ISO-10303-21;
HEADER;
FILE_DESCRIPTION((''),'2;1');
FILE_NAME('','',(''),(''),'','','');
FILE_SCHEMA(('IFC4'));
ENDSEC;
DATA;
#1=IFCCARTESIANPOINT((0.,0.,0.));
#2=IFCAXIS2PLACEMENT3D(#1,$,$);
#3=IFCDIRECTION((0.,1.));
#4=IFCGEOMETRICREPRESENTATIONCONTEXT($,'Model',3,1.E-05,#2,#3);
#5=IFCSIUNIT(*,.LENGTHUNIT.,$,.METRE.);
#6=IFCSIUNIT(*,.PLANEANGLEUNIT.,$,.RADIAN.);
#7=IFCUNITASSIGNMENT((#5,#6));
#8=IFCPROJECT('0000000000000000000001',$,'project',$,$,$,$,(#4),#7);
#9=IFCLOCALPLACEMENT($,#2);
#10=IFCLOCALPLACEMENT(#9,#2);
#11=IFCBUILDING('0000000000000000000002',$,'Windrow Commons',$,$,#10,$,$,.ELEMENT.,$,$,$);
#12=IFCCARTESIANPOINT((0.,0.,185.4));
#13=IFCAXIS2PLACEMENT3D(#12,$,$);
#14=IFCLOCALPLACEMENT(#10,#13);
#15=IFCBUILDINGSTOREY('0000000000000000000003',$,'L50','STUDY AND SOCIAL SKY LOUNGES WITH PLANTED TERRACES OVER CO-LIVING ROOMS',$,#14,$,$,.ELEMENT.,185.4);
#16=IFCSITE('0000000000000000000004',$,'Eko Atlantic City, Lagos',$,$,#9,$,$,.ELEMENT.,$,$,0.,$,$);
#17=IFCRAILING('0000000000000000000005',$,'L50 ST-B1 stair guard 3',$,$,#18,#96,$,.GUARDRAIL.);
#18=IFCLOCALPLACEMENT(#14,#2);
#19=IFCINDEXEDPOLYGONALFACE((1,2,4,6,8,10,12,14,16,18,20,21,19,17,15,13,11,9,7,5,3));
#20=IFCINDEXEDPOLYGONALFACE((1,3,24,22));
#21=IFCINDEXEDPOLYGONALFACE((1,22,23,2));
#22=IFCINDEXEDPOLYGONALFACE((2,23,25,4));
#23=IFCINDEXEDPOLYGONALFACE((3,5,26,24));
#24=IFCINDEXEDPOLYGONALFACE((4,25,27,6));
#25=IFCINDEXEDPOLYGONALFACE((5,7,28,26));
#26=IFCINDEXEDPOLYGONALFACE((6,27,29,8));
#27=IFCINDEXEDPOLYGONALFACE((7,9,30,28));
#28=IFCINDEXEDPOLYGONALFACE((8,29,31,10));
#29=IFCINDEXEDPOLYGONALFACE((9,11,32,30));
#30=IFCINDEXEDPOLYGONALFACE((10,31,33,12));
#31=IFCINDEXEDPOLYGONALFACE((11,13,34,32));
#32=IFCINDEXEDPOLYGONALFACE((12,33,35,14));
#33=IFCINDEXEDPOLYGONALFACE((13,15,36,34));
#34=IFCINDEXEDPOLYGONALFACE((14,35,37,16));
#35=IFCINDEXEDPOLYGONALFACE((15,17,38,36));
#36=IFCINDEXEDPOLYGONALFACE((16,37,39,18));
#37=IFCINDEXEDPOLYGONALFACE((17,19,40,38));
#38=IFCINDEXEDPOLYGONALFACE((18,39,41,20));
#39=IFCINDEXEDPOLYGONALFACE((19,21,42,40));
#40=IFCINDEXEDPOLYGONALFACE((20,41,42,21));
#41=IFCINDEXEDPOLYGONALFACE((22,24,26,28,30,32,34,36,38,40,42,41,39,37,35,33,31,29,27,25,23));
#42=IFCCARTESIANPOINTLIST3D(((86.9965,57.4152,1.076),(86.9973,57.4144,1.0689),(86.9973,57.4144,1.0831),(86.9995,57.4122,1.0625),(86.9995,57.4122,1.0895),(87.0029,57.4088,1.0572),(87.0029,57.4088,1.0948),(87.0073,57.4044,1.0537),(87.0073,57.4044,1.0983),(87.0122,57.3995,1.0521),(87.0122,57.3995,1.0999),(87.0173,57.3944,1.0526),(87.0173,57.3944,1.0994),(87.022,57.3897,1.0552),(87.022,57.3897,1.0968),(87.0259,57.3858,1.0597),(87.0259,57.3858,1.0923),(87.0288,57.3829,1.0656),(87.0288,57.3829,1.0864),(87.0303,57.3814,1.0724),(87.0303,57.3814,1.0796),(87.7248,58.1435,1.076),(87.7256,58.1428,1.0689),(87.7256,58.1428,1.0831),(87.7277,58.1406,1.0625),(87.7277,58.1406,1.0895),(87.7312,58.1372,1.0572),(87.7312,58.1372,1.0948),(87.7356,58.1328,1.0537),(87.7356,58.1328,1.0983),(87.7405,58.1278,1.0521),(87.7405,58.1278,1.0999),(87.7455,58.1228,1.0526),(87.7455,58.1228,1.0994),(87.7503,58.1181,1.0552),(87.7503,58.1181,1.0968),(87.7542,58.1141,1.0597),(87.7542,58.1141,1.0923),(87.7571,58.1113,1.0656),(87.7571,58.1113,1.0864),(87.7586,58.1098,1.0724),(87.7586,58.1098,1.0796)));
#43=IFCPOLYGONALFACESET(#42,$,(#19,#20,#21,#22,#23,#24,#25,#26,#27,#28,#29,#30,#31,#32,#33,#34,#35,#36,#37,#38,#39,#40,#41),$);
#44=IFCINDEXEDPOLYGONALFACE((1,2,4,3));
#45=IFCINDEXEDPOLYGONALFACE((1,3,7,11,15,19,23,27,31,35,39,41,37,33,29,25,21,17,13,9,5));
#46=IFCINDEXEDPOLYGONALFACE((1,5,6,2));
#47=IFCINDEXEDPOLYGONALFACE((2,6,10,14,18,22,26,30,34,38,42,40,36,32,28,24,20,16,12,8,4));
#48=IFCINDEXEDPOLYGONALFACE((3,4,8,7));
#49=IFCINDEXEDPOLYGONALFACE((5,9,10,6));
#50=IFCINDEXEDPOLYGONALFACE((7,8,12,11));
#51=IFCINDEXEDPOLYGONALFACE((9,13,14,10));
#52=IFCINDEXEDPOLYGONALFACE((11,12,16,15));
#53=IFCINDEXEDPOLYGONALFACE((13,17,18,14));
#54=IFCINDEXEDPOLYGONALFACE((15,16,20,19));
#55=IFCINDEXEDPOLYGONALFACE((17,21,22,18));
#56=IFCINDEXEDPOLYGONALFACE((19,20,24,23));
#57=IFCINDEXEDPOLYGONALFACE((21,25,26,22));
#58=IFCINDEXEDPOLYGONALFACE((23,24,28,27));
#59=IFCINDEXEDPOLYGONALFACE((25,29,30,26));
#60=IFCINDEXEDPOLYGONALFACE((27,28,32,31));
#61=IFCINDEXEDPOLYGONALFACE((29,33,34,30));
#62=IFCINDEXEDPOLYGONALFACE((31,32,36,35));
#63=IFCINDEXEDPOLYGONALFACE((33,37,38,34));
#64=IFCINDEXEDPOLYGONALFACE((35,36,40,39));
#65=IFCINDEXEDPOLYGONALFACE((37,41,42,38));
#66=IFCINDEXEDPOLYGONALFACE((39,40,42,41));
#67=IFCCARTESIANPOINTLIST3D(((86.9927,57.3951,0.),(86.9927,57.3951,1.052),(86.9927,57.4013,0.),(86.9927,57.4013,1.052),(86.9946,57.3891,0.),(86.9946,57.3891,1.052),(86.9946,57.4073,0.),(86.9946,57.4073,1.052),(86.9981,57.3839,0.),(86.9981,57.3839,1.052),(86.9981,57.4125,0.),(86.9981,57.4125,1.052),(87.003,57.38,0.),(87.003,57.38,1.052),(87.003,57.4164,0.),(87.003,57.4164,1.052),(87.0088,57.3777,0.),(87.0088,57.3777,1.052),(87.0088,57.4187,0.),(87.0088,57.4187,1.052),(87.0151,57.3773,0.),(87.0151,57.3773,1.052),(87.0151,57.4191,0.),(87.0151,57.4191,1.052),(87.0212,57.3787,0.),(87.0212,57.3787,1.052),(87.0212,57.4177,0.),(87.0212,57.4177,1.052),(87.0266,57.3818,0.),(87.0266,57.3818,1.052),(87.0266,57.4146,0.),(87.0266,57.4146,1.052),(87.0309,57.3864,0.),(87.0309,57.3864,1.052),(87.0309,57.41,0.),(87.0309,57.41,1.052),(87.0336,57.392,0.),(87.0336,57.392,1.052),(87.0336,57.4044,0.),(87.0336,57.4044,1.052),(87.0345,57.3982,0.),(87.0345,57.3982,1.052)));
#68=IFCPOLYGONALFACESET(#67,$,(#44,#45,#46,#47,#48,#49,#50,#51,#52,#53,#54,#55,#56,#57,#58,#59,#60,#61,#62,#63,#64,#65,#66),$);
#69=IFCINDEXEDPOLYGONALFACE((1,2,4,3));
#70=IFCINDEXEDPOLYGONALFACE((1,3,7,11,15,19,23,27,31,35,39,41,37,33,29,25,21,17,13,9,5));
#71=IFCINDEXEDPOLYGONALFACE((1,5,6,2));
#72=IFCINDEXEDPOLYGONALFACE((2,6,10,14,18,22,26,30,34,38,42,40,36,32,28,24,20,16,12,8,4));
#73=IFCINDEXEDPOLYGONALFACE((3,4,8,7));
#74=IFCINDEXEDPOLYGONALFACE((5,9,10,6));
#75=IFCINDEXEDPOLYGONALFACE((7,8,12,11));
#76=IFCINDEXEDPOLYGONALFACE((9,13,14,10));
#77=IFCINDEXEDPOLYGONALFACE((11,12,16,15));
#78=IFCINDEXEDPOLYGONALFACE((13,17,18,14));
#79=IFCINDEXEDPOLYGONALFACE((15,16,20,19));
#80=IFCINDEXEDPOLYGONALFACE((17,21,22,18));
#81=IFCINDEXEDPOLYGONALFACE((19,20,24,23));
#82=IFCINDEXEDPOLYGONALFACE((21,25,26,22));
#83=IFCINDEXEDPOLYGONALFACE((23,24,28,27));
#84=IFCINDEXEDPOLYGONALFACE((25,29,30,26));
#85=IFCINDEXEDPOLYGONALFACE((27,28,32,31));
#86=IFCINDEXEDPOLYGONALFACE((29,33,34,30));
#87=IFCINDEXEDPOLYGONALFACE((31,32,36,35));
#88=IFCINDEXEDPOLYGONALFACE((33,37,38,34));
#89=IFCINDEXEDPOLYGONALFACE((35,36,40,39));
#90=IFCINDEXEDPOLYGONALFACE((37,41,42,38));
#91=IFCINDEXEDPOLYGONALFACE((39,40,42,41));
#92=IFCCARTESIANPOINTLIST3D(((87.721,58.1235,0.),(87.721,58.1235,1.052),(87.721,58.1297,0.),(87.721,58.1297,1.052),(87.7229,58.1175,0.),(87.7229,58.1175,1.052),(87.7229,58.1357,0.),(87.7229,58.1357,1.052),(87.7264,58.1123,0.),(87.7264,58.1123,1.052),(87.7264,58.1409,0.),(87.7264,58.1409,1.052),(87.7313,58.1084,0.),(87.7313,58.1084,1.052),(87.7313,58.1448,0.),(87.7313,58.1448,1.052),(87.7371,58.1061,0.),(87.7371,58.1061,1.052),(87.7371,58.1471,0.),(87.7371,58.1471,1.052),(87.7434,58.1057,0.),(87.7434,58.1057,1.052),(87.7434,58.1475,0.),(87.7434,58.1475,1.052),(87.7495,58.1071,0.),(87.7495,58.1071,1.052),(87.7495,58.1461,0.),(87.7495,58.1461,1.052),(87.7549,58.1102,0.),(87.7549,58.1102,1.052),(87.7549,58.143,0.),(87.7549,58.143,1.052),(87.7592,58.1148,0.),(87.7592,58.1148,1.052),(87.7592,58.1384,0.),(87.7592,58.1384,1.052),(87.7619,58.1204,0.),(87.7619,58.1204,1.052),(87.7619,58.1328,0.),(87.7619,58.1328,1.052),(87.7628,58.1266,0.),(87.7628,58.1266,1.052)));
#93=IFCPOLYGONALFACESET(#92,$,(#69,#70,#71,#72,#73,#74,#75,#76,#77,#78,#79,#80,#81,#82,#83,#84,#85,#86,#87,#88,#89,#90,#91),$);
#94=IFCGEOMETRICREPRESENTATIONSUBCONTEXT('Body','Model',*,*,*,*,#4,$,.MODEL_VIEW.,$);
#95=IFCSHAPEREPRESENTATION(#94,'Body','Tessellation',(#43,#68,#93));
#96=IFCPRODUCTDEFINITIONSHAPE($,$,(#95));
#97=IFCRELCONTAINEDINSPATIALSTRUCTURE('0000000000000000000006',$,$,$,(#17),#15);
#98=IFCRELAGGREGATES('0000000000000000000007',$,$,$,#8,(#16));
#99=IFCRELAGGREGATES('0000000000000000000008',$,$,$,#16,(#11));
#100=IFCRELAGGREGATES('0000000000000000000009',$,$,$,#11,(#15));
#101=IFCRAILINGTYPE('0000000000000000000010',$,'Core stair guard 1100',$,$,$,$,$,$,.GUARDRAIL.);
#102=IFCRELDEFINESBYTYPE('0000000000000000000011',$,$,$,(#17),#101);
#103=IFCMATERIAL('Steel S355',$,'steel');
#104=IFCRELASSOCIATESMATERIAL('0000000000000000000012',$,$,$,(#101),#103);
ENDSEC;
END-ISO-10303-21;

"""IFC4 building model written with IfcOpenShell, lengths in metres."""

from ifc_helpers import new_model, si_unit, direction, frame, origin, origin_2d, place, context, subcontext, project, spatial, circle, extrude, material, type_object, element, save


model = new_model("IFC4")

# Units and contexts
model_context = context("Model", 3, precision=1e-05, world=origin(), true_north=direction((0.0, 1.0)))
body_context = subcontext(model_context, "Body", "Model", "MODEL_VIEW")
ifc_project = project(units=[si_unit("LENGTHUNIT", "METRE"), si_unit("PLANEANGLEUNIT", "RADIAN")], contexts=[model_context])

# Site, building, storey
site_placement = place(None, origin())
site = spatial("IfcSite", under=ifc_project, at=site_placement, Name="Eko Atlantic City, Lagos", CompositionType="ELEMENT", RefElevation=0.0)
building_placement = place(site_placement, origin())
building = spatial("IfcBuilding", under=site, at=building_placement, Name="Windrow Commons", CompositionType="ELEMENT")
storey_placement = place(building_placement, frame((0.0, 0.0, 185.4)))
storey = spatial("IfcBuildingStorey", under=building, at=storey_placement, Name="L50", Description="STUDY AND SOCIAL SKY LOUNGES WITH PLANTED TERRACES OVER CO-LIVING ROOMS", CompositionType="ELEMENT", Elevation=185.4)

# Railing
ifc_material_1 = material(Name="Steel S355", Category="steel")
railing_type_1 = type_object("IfcRailingType", Name="Core stair guard 1100", PredefinedType="GUARDRAIL", material=ifc_material_1)
railing_1_placement = place(storey_placement, frame((87.0135, 57.3982, 0.0)))
element("IfcRailing", 1, at=railing_1_placement, inside=storey, type_object=railing_type_1, Name="L50 ST-B1 stair guard 3", PredefinedType="GUARDRAIL", context=body_context, shape_type="SweptSolid", body=[
    extrude(circle(Radius=0.024, at=origin_2d()), frame((0.0, 0.0, 1.076), z_axis=(0.707058, 0.707155, 0.0), x_axis=(-0.707155, 0.707058, 0.0)), (0.0, 0.0, 1.0), 1.03),
    extrude(circle(Radius=0.021, at=origin_2d()), origin(), (0.0, 0.0, 1.0), 1.052),
    extrude(circle(Radius=0.021, at=origin_2d()), frame((0.7283, 0.7284, 0.0)), (0.0, 0.0, 1.0), 1.052),
])

save(model, "model.ifc")
